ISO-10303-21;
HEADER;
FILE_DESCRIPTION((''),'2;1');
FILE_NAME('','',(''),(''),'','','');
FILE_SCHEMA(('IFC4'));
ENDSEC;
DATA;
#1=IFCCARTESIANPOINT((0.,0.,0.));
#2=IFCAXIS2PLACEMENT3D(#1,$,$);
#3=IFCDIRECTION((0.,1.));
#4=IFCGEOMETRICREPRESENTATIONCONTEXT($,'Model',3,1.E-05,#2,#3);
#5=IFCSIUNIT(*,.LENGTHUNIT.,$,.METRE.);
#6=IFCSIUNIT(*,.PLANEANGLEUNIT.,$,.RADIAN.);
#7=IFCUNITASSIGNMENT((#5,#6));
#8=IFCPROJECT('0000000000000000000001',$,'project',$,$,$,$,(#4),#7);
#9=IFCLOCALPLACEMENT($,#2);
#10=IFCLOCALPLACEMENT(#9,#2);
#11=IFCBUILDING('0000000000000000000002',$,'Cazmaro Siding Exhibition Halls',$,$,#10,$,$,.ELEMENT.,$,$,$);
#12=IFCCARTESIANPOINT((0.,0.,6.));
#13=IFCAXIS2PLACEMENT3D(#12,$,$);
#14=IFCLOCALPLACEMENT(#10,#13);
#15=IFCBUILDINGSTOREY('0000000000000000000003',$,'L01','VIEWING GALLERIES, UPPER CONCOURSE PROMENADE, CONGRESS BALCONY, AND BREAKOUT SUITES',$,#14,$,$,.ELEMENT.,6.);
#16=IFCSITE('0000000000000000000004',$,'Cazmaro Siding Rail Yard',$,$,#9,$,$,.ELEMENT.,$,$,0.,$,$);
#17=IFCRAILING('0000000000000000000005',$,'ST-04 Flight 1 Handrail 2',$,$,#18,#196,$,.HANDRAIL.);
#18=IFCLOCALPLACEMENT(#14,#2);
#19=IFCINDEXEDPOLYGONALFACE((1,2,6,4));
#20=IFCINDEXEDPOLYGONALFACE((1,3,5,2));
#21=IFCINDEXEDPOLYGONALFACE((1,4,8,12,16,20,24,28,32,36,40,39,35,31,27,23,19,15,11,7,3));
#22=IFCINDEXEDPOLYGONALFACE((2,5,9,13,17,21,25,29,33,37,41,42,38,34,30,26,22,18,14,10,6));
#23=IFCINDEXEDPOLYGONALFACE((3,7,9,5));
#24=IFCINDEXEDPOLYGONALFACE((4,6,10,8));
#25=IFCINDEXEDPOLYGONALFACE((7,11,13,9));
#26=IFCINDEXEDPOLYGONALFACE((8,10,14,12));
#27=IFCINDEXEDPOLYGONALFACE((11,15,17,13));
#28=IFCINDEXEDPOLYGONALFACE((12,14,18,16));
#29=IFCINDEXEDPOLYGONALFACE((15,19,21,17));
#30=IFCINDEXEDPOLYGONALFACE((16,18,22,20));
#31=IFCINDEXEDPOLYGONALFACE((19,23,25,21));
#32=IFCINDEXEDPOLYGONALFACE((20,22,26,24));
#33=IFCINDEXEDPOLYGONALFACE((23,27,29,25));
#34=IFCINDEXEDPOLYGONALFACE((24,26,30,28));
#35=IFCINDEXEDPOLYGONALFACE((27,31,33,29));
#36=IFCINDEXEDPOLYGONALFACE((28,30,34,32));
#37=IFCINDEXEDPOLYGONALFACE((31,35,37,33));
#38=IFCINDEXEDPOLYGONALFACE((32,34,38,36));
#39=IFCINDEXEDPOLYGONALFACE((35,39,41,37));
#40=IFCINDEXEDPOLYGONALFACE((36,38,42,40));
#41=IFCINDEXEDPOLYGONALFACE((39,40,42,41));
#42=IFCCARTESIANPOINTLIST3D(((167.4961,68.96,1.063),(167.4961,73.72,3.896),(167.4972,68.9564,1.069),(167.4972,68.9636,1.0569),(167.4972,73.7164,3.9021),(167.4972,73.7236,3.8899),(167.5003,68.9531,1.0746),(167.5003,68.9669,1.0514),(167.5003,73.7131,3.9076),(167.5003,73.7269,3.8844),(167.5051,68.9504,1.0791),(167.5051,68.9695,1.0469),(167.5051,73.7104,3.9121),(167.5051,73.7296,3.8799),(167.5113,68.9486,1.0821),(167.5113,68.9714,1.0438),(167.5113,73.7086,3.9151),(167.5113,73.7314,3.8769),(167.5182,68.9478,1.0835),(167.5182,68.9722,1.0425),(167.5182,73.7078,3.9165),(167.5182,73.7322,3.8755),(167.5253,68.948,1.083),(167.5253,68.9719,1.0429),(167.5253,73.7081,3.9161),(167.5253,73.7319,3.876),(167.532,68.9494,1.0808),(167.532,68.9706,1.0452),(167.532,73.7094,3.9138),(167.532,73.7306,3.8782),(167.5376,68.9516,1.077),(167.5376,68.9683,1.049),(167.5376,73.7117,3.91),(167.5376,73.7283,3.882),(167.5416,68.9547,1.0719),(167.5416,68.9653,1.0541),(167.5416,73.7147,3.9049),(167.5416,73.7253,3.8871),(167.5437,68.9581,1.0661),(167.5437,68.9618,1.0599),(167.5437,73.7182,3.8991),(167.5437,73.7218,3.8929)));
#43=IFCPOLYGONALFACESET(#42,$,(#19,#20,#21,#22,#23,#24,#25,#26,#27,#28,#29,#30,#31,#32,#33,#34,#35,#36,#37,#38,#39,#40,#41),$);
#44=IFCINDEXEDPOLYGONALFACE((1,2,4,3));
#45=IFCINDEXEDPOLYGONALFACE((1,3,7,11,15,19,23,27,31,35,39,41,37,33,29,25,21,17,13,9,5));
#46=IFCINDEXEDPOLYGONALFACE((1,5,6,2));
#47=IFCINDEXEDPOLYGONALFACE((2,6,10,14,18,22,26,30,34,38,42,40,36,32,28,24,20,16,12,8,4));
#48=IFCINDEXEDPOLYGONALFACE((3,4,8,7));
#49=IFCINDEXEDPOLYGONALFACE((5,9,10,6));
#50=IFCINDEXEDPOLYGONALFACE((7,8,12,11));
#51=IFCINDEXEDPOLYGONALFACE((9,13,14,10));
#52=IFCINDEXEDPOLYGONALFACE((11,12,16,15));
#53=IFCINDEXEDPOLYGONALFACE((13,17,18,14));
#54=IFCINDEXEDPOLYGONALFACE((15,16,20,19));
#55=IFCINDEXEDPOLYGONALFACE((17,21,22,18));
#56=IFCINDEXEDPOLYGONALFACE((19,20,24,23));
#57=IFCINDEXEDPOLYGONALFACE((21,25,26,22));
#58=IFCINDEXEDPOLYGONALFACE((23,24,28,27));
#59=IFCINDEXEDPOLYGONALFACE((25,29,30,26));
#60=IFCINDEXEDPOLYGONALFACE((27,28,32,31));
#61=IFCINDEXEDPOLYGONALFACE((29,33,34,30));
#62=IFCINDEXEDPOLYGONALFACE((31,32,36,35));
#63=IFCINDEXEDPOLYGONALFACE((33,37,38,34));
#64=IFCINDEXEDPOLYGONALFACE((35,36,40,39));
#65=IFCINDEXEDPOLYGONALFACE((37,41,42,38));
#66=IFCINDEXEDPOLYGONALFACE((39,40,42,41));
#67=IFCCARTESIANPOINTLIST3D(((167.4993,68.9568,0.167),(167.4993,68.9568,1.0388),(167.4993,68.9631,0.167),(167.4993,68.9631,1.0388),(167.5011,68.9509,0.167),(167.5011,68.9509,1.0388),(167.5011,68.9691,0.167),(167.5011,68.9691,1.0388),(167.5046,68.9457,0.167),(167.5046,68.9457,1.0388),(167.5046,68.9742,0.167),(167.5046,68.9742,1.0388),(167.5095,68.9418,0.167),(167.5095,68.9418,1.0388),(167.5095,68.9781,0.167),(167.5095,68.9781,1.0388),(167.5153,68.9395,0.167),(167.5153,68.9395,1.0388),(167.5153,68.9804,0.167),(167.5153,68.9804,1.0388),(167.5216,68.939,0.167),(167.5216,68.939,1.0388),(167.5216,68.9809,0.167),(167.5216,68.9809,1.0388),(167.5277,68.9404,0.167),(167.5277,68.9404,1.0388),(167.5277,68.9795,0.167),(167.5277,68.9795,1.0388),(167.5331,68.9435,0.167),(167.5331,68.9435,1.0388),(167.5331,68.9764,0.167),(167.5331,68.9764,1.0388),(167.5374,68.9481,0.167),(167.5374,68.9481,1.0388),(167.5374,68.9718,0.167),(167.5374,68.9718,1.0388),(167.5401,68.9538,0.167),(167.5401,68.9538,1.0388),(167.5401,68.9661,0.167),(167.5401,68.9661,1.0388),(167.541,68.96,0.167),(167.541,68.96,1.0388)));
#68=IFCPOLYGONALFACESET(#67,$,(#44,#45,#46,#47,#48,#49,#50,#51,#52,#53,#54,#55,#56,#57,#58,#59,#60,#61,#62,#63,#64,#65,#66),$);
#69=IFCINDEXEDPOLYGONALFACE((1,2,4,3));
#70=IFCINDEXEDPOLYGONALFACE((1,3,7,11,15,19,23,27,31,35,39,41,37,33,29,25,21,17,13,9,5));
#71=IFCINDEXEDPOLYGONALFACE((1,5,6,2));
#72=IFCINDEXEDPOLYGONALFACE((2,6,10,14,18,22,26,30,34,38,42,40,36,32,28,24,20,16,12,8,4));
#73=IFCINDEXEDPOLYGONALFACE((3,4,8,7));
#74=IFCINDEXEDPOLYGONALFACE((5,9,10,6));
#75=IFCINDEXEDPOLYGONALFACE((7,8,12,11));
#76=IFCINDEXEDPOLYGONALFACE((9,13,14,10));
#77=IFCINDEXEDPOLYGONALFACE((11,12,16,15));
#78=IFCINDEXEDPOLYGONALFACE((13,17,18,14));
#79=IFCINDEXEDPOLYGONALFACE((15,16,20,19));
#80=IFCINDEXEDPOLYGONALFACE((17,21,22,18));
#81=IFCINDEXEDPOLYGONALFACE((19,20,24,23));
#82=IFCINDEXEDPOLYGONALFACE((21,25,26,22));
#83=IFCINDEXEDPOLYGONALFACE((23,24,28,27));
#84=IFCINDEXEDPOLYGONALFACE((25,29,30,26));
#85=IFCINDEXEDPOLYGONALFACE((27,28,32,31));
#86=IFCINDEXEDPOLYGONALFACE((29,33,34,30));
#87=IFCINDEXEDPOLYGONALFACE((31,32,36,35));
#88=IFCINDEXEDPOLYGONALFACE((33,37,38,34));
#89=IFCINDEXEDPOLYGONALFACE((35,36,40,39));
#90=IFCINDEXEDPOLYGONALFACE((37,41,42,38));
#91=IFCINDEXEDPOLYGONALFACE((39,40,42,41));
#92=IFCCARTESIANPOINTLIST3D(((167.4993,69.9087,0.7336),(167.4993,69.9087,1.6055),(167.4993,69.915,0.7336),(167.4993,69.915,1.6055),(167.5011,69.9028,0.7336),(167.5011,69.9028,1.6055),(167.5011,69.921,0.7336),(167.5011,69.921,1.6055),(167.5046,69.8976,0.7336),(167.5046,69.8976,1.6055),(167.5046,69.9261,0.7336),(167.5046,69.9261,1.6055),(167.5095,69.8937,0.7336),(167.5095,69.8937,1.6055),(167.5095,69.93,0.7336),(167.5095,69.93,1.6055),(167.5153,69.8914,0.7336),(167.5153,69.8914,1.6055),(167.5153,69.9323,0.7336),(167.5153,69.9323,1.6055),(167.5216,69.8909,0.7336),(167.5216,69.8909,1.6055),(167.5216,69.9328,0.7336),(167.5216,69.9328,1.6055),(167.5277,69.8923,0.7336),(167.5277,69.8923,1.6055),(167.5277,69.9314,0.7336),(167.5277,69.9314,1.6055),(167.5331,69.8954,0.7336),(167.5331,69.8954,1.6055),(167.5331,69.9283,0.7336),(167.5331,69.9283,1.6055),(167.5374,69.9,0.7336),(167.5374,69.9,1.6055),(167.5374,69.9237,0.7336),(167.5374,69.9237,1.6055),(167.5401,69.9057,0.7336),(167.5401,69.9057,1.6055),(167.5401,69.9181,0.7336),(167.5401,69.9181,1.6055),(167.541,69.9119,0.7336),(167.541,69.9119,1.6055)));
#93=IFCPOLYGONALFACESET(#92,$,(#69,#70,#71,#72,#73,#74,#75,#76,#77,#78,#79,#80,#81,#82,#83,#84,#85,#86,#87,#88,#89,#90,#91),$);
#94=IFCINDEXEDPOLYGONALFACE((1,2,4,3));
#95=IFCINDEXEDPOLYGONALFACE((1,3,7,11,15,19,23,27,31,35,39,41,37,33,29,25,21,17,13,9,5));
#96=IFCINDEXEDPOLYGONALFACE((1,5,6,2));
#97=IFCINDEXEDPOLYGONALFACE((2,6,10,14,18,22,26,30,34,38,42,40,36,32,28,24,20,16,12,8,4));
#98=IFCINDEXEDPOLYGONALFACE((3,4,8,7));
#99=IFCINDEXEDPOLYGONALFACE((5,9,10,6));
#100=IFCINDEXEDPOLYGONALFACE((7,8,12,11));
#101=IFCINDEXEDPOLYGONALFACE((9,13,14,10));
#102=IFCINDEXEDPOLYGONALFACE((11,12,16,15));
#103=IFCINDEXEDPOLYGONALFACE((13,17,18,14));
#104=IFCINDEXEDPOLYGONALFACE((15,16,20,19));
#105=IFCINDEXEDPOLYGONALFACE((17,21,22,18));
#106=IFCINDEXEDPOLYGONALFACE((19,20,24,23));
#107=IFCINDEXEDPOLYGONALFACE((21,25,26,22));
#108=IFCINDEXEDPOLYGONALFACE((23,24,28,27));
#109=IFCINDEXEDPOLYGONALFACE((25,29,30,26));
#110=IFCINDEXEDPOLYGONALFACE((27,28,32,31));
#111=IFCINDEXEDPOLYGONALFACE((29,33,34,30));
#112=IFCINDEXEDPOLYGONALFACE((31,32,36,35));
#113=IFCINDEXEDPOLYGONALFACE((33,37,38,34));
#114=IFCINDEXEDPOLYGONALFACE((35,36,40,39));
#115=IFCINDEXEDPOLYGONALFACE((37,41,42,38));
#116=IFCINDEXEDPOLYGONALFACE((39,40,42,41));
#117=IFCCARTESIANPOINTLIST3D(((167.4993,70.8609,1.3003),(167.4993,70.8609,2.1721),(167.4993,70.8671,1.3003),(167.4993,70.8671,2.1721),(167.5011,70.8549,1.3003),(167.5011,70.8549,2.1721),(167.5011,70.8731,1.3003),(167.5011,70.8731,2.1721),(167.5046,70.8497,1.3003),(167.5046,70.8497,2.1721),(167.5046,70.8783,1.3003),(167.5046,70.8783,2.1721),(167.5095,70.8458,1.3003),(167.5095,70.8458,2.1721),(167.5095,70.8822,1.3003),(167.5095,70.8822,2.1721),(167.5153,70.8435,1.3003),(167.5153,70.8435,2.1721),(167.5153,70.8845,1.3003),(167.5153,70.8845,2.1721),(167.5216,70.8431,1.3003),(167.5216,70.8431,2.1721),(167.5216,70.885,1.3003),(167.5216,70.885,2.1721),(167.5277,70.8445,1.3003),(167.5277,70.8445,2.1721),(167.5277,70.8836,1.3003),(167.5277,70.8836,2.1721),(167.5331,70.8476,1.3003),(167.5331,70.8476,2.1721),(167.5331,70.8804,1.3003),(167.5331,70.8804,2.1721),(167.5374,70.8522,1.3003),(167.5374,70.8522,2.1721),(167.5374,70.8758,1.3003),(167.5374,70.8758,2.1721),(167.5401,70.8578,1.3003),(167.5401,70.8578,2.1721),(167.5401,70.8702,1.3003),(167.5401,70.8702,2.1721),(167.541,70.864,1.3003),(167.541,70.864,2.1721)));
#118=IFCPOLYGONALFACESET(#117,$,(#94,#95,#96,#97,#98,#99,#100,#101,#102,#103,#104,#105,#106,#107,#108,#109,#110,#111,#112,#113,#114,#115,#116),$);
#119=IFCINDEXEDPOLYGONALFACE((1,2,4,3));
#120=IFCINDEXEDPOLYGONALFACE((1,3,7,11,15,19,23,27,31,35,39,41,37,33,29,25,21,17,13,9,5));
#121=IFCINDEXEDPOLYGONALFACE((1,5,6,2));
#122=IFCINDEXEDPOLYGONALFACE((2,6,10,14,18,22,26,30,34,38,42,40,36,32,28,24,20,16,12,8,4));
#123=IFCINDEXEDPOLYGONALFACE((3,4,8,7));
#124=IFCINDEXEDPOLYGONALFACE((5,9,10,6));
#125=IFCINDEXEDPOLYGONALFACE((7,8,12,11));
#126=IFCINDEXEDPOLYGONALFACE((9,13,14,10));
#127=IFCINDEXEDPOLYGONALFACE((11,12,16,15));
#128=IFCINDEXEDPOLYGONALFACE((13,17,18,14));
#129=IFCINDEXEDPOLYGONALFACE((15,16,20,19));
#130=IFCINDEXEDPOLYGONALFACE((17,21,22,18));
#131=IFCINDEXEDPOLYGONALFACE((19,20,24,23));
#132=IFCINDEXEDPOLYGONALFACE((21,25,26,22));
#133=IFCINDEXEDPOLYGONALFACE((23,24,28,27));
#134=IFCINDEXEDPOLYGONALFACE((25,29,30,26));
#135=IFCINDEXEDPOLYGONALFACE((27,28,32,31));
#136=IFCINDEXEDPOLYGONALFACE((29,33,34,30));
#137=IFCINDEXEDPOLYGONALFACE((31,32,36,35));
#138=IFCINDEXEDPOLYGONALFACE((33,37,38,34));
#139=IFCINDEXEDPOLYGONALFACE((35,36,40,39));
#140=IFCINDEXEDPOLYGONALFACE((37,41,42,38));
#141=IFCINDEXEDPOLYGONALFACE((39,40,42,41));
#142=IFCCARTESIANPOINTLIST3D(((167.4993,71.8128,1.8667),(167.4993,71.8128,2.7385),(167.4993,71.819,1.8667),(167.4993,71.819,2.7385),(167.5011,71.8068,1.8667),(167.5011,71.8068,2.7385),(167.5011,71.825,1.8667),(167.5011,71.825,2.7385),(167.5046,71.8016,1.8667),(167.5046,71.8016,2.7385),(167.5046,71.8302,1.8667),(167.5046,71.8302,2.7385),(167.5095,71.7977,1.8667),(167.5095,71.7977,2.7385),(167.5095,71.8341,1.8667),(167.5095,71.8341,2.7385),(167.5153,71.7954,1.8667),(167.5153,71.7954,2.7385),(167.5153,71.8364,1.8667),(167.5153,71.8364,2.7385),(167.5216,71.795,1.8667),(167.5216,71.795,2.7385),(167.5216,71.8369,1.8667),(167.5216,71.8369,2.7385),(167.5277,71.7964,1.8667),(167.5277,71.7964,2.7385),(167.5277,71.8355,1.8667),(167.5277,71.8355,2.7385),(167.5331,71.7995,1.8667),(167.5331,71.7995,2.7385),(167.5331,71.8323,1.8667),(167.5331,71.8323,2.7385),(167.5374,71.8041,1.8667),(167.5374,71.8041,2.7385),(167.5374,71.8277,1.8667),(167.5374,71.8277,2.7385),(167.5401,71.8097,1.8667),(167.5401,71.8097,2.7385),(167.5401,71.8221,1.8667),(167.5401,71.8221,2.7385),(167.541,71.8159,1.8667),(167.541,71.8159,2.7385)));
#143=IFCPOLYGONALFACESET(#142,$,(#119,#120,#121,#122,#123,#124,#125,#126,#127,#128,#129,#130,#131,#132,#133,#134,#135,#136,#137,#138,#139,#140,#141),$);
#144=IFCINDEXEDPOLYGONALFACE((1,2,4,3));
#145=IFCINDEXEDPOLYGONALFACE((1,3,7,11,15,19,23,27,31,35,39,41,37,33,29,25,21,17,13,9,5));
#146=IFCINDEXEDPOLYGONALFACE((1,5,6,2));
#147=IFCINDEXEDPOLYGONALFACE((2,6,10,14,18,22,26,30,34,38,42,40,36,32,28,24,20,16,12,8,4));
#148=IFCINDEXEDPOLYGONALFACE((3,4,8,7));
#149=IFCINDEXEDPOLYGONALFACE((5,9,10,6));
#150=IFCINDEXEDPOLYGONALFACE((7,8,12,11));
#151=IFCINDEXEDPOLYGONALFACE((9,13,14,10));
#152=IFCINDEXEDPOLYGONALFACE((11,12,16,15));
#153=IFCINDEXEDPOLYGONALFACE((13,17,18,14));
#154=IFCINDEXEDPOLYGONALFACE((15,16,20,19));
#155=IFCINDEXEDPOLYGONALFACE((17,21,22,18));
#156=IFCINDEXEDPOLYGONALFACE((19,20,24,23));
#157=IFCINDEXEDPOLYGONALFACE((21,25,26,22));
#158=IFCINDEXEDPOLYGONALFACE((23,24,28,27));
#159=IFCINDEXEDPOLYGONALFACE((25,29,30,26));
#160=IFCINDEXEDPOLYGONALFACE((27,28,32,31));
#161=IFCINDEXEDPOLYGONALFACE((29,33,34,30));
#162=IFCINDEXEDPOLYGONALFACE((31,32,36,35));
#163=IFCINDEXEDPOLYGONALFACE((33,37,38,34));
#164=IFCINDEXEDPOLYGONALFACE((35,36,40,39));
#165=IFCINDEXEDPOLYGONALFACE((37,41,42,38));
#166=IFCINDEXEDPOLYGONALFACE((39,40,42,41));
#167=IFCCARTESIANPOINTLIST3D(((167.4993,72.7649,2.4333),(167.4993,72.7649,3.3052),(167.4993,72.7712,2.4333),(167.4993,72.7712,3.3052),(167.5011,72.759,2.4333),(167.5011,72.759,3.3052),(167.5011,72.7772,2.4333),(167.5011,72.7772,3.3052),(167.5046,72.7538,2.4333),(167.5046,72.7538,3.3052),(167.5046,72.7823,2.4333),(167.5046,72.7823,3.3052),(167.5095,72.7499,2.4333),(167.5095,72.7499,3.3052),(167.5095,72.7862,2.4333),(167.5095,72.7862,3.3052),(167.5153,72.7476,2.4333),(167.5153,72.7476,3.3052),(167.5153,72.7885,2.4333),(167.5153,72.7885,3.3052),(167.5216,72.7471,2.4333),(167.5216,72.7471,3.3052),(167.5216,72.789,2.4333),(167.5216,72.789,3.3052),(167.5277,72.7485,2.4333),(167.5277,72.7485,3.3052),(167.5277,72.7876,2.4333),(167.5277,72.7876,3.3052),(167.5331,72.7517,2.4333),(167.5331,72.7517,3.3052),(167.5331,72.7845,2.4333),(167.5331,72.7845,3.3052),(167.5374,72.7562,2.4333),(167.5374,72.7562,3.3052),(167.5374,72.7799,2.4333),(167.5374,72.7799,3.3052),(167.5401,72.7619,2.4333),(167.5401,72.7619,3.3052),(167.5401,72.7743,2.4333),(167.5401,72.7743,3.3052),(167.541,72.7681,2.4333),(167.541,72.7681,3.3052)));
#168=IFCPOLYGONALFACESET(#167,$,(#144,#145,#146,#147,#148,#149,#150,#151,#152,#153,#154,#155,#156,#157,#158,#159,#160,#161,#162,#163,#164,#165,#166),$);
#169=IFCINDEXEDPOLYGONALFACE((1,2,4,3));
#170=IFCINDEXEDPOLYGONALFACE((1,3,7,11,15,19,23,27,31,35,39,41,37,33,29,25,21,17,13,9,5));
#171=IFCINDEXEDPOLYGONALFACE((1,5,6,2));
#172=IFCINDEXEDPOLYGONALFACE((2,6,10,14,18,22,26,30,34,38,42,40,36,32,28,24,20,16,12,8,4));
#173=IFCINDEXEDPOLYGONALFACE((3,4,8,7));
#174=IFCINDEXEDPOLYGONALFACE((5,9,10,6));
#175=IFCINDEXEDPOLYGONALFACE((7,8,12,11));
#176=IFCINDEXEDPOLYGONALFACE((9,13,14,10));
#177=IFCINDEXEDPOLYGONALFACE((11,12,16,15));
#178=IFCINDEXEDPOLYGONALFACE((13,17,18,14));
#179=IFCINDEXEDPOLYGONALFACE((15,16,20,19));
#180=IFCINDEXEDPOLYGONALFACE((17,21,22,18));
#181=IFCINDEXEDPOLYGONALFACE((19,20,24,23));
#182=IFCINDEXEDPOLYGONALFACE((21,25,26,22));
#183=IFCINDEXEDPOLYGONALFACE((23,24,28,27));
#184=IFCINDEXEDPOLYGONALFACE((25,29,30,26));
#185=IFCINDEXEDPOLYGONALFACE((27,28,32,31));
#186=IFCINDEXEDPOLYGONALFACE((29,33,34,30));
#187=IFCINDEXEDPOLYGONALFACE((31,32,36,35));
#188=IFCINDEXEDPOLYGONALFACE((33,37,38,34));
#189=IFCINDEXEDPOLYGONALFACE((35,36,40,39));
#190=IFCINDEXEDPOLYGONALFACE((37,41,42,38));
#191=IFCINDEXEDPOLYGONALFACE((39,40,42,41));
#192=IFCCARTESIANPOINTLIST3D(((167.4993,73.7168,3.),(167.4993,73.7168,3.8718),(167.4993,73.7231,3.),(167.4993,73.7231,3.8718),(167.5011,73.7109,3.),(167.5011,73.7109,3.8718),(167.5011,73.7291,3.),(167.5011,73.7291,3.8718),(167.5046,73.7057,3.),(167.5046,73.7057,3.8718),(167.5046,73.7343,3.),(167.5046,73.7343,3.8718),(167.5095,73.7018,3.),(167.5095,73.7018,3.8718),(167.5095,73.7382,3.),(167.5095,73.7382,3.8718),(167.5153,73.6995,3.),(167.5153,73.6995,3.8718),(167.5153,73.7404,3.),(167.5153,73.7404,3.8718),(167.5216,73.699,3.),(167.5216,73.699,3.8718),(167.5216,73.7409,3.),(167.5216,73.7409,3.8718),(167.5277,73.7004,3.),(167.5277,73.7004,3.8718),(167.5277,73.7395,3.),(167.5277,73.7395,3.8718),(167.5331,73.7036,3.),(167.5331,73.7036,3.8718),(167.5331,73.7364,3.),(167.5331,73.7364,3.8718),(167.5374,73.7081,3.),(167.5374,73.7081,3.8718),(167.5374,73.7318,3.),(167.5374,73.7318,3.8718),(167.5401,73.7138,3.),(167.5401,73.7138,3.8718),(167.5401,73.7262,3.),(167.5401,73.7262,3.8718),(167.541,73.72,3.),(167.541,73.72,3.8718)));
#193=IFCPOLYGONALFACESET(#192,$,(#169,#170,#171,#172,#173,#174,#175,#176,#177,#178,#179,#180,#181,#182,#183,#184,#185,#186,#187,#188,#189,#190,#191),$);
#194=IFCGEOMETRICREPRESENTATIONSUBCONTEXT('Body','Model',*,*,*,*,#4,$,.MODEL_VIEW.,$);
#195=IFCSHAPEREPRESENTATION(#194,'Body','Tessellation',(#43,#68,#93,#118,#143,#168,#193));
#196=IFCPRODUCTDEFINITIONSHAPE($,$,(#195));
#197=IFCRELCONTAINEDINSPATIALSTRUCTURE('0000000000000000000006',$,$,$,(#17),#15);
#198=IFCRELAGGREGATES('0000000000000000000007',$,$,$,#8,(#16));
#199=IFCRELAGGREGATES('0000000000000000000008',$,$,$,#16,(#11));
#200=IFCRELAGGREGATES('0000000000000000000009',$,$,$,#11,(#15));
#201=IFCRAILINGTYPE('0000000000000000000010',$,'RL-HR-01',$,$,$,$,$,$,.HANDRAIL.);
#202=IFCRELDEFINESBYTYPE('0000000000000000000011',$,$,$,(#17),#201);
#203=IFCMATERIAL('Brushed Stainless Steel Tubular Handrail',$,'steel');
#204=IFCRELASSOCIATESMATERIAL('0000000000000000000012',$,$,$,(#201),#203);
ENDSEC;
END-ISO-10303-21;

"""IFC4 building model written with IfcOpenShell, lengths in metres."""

from ifc_helpers import new_model, si_unit, direction, frame, origin, origin_2d, place, context, subcontext, project, spatial, circle, extrude, material, type_object, element, save


model = new_model("IFC4")

# Units and contexts
model_context = context("Model", 3, precision=1e-05, world=origin(), true_north=direction((0.0, 1.0)))
body_context = subcontext(model_context, "Body", "Model", "MODEL_VIEW")
ifc_project = project(units=[si_unit("LENGTHUNIT", "METRE"), si_unit("PLANEANGLEUNIT", "RADIAN")], contexts=[model_context])

# Site, building, storey
site_placement = place(None, origin())
site = spatial("IfcSite", under=ifc_project, at=site_placement, Name="Cazmaro Siding Rail Yard", CompositionType="ELEMENT", RefElevation=0.0)
building_placement = place(site_placement, origin())
building = spatial("IfcBuilding", under=site, at=building_placement, Name="Cazmaro Siding Exhibition Halls", CompositionType="ELEMENT")
storey_placement = place(building_placement, frame((0.0, 0.0, 6.0)))
storey = spatial("IfcBuildingStorey", under=building, at=storey_placement, Name="L01", Description="VIEWING GALLERIES, UPPER CONCOURSE PROMENADE, CONGRESS BALCONY, AND BREAKOUT SUITES", CompositionType="ELEMENT", Elevation=6.0)

# Railing
ifc_material_1 = material(Name="Brushed Stainless Steel Tubular Handrail", Category="steel")
railing_type_1 = type_object("IfcRailingType", Name="RL-HR-01", PredefinedType="HANDRAIL", material=ifc_material_1)
for number, where, name in (
    (1, (167.52, 68.96, 0.167), "ST-04 Flight 1 Handrail 2"),
):
    element("IfcRailing", number, at=place(storey_placement, frame(where)), inside=storey, type_object=railing_type_1, Name=name, PredefinedType="HANDRAIL", context=body_context, shape_type="SweptSolid", body=[
        extrude(circle(Radius=0.0239, at=origin_2d()), frame((0.0, 0.0, 0.896), z_axis=(0.0, 0.859319, 0.51144), x_axis=(-1.0, 0.0, 0.0)), (0.0, 0.0, 1.0), 5.5393),
        extrude(circle(Radius=0.021, at=origin_2d()), origin(), (0.0, 0.0, 1.0), 0.8718),
        extrude(circle(Radius=0.021, at=origin_2d()), frame((0.0, 0.9519, 0.5667)), (0.0, 0.0, 1.0), 0.8718),
        extrude(circle(Radius=0.021, at=origin_2d()), frame((0.0, 1.9041, 1.1333)), (0.0, 0.0, 1.0), 0.8718),
        extrude(circle(Radius=0.021, at=origin_2d()), frame((0.0, 2.856, 1.6997)), (0.0, 0.0, 1.0), 0.8718),
        extrude(circle(Radius=0.021, at=origin_2d()), frame((0.0, 3.8081, 2.2664)), (0.0, 0.0, 1.0), 0.8718),
        extrude(circle(Radius=0.021, at=origin_2d()), frame((0.0, 4.76, 2.833)), (0.0, 0.0, 1.0), 0.8718),
    ])

save(model, "model.ifc")
